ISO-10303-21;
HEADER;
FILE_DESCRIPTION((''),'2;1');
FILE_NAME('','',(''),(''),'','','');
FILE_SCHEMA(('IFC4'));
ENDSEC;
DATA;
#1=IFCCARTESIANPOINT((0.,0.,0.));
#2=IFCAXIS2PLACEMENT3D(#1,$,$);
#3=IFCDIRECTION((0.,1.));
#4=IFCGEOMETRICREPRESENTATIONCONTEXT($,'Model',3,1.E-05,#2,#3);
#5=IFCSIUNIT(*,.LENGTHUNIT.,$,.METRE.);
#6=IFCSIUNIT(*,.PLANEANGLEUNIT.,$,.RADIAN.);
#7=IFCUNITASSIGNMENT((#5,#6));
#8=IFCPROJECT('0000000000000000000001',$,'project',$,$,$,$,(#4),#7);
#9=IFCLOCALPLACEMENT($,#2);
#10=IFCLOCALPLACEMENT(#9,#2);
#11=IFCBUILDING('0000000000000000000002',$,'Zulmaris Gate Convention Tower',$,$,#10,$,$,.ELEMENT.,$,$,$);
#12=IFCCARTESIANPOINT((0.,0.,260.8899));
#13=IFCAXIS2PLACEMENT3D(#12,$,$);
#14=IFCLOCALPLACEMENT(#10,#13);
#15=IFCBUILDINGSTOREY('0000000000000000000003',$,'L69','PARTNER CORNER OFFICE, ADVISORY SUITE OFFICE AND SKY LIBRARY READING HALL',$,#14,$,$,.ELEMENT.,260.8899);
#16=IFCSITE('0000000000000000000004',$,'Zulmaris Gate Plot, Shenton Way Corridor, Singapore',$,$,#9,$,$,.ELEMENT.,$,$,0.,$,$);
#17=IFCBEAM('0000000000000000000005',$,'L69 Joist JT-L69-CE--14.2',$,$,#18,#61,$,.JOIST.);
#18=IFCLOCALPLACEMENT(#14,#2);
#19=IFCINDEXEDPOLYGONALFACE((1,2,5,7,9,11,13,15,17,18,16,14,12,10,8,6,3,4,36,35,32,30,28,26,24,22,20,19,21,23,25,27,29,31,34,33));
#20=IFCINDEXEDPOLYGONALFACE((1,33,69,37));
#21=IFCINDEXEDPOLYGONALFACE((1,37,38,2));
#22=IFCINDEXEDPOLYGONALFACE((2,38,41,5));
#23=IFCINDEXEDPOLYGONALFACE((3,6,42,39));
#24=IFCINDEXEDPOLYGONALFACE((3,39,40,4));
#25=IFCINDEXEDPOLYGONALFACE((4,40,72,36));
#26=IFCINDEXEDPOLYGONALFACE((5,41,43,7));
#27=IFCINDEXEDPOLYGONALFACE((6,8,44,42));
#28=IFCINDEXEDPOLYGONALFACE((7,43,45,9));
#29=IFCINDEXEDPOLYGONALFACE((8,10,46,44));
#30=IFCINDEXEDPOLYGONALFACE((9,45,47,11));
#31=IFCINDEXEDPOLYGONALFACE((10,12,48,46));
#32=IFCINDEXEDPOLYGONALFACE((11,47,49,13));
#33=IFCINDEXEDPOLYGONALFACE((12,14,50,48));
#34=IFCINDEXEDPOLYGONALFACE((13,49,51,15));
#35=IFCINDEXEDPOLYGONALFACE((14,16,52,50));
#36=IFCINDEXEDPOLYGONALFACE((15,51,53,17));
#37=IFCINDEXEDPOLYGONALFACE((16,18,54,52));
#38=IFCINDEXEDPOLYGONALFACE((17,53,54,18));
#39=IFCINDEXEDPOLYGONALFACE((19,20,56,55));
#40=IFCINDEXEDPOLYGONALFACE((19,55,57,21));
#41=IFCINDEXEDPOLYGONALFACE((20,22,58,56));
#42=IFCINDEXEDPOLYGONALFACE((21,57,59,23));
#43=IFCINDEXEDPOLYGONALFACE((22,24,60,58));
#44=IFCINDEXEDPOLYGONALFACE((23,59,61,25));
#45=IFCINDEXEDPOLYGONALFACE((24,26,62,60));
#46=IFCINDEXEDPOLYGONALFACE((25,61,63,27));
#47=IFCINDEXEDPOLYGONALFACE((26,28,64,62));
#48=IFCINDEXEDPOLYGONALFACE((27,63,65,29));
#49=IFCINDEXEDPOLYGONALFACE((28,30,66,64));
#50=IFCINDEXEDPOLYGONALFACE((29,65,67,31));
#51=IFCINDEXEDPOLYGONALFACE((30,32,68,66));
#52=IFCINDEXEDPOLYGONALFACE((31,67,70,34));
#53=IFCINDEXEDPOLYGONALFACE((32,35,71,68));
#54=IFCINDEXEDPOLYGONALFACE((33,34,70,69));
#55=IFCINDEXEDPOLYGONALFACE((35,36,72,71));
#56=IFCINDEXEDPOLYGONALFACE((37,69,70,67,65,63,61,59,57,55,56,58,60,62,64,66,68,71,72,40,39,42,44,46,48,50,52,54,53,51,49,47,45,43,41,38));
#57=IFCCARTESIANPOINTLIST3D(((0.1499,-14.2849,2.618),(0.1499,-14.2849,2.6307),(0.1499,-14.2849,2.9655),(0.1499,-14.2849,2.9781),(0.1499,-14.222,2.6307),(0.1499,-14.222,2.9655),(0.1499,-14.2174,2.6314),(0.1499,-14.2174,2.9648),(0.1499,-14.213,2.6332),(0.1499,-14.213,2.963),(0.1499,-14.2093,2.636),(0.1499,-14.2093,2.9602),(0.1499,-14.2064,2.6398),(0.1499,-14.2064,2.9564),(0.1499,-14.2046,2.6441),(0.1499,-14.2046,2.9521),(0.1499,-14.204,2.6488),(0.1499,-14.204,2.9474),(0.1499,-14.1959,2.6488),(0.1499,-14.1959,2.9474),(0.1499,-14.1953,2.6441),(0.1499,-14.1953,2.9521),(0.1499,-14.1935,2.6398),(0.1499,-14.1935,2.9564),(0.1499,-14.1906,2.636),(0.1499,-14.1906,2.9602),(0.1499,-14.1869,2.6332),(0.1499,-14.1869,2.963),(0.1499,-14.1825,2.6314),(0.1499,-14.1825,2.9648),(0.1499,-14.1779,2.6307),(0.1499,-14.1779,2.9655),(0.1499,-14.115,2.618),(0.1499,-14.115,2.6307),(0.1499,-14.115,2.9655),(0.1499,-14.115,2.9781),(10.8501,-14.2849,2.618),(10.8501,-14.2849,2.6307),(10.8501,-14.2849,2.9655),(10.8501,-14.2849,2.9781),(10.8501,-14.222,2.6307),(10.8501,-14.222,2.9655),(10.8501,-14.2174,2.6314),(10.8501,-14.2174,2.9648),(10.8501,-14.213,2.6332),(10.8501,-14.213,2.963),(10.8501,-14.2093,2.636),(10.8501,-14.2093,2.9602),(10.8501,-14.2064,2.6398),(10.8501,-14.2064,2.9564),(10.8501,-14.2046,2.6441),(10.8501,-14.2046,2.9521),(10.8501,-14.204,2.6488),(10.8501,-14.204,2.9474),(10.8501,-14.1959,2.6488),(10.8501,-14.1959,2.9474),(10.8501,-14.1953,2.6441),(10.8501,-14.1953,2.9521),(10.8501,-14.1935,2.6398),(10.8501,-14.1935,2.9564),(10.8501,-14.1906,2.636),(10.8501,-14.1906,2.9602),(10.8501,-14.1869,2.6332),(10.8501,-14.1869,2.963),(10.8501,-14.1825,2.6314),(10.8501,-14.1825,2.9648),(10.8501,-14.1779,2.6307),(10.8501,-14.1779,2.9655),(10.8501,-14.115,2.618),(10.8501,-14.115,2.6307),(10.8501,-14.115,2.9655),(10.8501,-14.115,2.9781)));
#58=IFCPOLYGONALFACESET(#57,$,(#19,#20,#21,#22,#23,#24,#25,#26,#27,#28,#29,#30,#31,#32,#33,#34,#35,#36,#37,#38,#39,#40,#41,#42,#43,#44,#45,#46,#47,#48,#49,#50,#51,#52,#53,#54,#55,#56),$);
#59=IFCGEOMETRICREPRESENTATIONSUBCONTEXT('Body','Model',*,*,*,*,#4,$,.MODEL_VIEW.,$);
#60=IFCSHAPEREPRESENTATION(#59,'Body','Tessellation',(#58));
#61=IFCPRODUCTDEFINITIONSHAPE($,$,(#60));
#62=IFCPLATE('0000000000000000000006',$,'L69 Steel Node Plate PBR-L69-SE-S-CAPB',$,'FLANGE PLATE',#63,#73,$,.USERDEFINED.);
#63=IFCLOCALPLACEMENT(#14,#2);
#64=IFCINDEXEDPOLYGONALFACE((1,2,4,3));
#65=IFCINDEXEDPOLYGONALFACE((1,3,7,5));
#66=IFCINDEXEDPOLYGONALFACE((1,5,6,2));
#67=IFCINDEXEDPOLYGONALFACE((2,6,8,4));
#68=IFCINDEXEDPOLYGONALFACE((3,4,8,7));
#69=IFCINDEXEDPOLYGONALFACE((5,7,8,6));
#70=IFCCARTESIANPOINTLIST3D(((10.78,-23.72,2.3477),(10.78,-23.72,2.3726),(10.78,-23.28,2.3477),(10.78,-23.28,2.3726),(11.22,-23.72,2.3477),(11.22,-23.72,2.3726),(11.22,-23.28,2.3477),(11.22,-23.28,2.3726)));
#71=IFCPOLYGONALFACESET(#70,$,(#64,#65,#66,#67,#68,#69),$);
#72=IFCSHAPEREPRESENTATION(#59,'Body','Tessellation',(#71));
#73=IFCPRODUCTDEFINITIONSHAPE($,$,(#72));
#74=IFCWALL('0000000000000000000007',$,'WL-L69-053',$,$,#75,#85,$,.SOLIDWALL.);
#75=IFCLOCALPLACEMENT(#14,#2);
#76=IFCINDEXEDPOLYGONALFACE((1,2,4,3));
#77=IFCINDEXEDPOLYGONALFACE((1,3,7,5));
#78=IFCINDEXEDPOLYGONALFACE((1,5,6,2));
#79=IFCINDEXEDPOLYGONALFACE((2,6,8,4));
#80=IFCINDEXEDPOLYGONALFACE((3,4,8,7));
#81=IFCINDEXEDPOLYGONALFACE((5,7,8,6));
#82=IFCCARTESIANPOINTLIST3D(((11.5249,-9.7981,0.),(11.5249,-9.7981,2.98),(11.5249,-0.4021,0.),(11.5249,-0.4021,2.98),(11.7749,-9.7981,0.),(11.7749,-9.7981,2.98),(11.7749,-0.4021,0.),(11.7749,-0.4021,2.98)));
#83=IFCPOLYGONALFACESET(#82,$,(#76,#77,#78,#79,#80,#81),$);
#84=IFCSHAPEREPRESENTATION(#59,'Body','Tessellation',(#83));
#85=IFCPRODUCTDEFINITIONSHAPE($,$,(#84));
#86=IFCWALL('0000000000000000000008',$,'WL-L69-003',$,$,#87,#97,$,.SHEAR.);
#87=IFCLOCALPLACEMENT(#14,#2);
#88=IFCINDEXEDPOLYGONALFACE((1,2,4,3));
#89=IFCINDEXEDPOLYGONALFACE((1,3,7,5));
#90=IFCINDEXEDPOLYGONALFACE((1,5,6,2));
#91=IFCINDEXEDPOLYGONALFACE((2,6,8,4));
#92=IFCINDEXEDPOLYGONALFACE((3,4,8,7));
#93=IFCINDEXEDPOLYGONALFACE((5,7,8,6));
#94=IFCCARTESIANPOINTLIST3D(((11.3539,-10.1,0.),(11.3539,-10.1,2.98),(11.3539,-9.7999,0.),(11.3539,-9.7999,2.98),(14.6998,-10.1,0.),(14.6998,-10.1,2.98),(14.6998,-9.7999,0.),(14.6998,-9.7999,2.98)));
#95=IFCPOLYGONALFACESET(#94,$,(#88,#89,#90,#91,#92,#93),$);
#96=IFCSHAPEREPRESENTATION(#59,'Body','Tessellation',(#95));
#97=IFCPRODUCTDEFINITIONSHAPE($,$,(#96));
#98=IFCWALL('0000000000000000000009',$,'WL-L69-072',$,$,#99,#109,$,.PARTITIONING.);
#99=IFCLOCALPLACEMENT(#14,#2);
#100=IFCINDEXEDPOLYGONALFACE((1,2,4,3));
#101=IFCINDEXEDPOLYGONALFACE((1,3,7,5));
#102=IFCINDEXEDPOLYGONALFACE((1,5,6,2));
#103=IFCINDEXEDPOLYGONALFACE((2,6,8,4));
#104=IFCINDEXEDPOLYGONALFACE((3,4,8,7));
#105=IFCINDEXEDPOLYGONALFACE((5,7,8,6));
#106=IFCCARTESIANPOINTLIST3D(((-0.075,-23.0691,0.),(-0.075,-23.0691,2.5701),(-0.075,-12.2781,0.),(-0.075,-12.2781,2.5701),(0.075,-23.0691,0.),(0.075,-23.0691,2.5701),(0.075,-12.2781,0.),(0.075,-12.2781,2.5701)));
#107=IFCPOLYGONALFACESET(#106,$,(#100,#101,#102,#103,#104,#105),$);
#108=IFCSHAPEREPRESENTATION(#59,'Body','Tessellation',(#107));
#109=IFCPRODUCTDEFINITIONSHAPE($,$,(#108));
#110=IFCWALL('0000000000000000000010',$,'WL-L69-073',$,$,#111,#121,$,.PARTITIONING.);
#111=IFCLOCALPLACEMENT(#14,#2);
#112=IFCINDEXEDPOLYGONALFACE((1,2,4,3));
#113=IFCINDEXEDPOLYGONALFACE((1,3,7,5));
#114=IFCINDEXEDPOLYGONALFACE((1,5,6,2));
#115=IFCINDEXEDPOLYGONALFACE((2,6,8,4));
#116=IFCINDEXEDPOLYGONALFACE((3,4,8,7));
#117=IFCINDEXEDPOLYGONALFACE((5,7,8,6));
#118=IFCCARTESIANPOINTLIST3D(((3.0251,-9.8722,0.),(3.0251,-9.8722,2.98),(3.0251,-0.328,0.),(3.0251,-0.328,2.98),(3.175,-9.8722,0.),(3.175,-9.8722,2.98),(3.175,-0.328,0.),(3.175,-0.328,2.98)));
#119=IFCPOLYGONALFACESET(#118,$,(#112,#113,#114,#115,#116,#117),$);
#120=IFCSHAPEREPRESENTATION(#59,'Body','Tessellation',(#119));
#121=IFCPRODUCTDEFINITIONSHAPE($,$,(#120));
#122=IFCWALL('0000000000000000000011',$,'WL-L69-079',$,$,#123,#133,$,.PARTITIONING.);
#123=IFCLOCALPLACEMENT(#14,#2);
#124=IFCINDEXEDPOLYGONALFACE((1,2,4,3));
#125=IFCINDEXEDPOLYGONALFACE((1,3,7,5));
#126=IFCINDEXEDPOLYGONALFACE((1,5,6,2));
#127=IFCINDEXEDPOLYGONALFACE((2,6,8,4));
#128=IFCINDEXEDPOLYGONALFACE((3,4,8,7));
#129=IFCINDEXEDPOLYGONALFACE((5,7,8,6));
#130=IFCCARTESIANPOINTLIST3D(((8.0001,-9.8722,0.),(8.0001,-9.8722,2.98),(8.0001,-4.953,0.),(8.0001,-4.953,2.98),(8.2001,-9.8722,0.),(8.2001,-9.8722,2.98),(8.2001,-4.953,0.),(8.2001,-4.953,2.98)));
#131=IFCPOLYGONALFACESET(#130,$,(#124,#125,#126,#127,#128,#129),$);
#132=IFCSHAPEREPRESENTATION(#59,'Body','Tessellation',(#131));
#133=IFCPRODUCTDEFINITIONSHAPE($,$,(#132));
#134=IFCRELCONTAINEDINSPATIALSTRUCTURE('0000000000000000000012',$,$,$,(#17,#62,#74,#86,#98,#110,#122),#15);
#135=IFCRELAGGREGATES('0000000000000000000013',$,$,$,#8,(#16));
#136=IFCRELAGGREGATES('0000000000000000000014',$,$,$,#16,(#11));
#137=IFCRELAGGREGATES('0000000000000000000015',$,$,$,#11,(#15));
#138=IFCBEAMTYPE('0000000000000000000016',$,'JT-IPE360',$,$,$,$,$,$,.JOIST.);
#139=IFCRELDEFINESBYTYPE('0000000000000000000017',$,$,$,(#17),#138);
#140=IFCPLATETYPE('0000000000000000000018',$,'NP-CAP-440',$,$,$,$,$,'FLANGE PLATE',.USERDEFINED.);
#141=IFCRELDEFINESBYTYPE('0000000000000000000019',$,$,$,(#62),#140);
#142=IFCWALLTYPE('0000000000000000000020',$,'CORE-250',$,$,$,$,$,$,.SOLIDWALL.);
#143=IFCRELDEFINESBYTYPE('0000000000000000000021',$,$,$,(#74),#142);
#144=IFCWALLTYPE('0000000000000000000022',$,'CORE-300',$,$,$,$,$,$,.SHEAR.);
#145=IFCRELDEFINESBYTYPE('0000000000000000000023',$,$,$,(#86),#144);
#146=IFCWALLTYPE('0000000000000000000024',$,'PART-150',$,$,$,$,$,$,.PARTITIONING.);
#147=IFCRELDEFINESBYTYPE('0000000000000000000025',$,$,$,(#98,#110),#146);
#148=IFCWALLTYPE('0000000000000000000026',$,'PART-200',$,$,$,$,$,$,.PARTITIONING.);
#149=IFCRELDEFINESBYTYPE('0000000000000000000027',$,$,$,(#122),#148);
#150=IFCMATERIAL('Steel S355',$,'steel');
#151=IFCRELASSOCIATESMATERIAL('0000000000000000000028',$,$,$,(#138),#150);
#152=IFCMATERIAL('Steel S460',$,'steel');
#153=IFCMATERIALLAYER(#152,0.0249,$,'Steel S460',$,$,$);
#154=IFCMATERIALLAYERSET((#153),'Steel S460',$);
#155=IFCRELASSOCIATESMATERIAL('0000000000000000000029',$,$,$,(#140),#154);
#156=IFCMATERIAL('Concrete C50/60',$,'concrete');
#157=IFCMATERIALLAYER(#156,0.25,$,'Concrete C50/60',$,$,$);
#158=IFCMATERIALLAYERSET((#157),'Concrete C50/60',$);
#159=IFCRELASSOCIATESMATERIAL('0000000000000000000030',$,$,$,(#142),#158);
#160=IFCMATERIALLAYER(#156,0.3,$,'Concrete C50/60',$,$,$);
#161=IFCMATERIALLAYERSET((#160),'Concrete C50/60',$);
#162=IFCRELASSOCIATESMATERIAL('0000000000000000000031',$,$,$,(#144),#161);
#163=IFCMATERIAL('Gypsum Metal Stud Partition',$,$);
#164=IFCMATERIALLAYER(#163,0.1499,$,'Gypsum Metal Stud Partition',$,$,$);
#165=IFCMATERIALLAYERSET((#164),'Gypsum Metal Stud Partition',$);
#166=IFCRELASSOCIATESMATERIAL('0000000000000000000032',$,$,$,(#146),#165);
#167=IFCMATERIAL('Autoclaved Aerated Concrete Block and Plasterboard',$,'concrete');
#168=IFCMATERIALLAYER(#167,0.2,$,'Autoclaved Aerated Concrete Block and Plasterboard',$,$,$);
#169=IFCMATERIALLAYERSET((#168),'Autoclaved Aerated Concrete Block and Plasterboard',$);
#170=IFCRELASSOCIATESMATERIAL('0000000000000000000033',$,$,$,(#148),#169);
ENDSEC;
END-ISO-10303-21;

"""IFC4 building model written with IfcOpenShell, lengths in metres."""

from ifc_helpers import new_model, si_unit, direction, frame, frame_2d, origin, origin_2d, place, context, subcontext, project, spatial, rectangle, i_section, extrude, material, layer, layer_set, material_profile, profile_set, type_object, element, save


model = new_model("IFC4")

# Units and contexts
model_context = context("Model", 3, precision=1e-05, world=origin(), true_north=direction((0.0, 1.0)))
body_context = subcontext(model_context, "Body", "Model", "MODEL_VIEW")
ifc_project = project(units=[si_unit("LENGTHUNIT", "METRE"), si_unit("PLANEANGLEUNIT", "RADIAN")], contexts=[model_context])

# Site, building, storey
site_placement = place(None, origin())
site = spatial("IfcSite", under=ifc_project, at=site_placement, Name="Zulmaris Gate Plot, Shenton Way Corridor, Singapore", CompositionType="ELEMENT", RefElevation=0.0)
building_placement = place(site_placement, origin())
building = spatial("IfcBuilding", under=site, at=building_placement, Name="Zulmaris Gate Convention Tower", CompositionType="ELEMENT")
storey_placement = place(building_placement, frame((0.0, 0.0, 260.8899)))
storey = spatial("IfcBuildingStorey", under=building, at=storey_placement, Name="L69", Description="PARTNER CORNER OFFICE, ADVISORY SUITE OFFICE AND SKY LIBRARY READING HALL", CompositionType="ELEMENT", Elevation=260.8899)

# Shared definitions
ifc_material_1 = material(Name="Concrete C50/60", Category="concrete")

# Beam
ifc_material_2 = material(Name="Steel S355", Category="steel")
ifc_material_profile_1 = material_profile(ifc_material_2, i_section(OverallWidth=0.1699, OverallDepth=0.3601, WebThickness=0.0081, FlangeThickness=0.0127, FilletRadius=0.0181, at=origin_2d()), Name="IPE 360")
ifc_profile_set_1 = profile_set([ifc_material_profile_1], Name="Steel S355")
beam_type_1 = type_object("IfcBeamType", Name="JT-IPE360", PredefinedType="JOIST", material=ifc_profile_set_1)
for number, where, z_axis, x_axis, name in (
    (1, (0.1499, -14.2, 2.7981), (1.0, 0.0, 0.0), (0.0, 1.0, 0.0), "L69 Joist JT-L69-CE--14.2"),
):
    element("IfcBeam", number, at=place(storey_placement, frame(where, z_axis=z_axis, x_axis=x_axis)), inside=storey, type_object=beam_type_1, Name=name, PredefinedType="JOIST", context=body_context, shape_type="SweptSolid", body=[
        extrude(i_section(OverallWidth=0.1699, OverallDepth=0.3601, WebThickness=0.0081, FlangeThickness=0.0127, FilletRadius=0.0181, at=origin_2d()), origin(), (0.0, 0.0, 1.0), 10.7002),
    ])

# Plate
ifc_material_3 = material(Name="Steel S460", Category="steel")
ifc_layer_1 = layer(ifc_material_3, 0.0249, Name="Steel S460")
ifc_layer_set_1 = layer_set([ifc_layer_1], Name="Steel S460")
plate_type = type_object("IfcPlateType", Name="NP-CAP-440", ElementType="FLANGE PLATE", PredefinedType="USERDEFINED", material=ifc_layer_set_1)
plate_placement = place(storey_placement, frame((11.0, -23.5, 2.3477), z_axis=(0.0, 0.0, 1.0), x_axis=(1.0, 0.0, 0.0)))
element("IfcPlate", 2, at=plate_placement, inside=storey, type_object=plate_type, Name="L69 Steel Node Plate PBR-L69-SE-S-CAPB", ObjectType="FLANGE PLATE", PredefinedType="USERDEFINED", context=body_context, shape_type="SweptSolid", body=[
    extrude(rectangle(XDim=0.4399, YDim=0.4399, at=origin_2d()), origin(), (0.0, 0.0, 1.0), 0.0249),
])

# Walls
ifc_layer_2 = layer(ifc_material_1, 0.25, Name="Concrete C50/60")
ifc_layer_set_2 = layer_set([ifc_layer_2], Name="Concrete C50/60")
wall_type_1 = type_object("IfcWallType", Name="CORE-250", PredefinedType="SOLIDWALL", material=ifc_layer_set_2)
wall_1_placement = place(storey_placement, frame((11.6499, -9.7981, 0.0), z_axis=(0.0, 0.0, 1.0), x_axis=(0.0, 1.0, 0.0)))
element("IfcWall", 3, at=wall_1_placement, inside=storey, type_object=wall_type_1, Name="WL-L69-053", PredefinedType="SOLIDWALL", context=body_context, shape_type="SweptSolid", body=[
    extrude(rectangle(XDim=9.396, YDim=0.25, at=frame_2d((4.698, 0.0))), origin(), (0.0, 0.0, 1.0), 2.98),
])
ifc_layer_3 = layer(ifc_material_1, 0.3, Name="Concrete C50/60")
ifc_layer_set_3 = layer_set([ifc_layer_3], Name="Concrete C50/60")
wall_type_2 = type_object("IfcWallType", Name="CORE-300", PredefinedType="SHEAR", material=ifc_layer_set_3)
wall_2_placement = place(storey_placement, frame((11.354, -9.95, 0.0), z_axis=(0.0, 0.0, 1.0), x_axis=(1.0, 0.0, 0.0)))
element("IfcWall", 4, at=wall_2_placement, inside=storey, type_object=wall_type_2, Name="WL-L69-003", PredefinedType="SHEAR", context=body_context, shape_type="SweptSolid", body=[
    extrude(rectangle(XDim=3.3459, YDim=0.3, at=frame_2d((1.6729, 0.0))), origin(), (0.0, 0.0, 1.0), 2.98),
])
ifc_material_4 = material(Name="Gypsum Metal Stud Partition")
ifc_layer_4 = layer(ifc_material_4, 0.1499, Name="Gypsum Metal Stud Partition")
ifc_layer_set_4 = layer_set([ifc_layer_4], Name="Gypsum Metal Stud Partition")
wall_type_3 = type_object("IfcWallType", Name="PART-150", PredefinedType="PARTITIONING", material=ifc_layer_set_4)
wall_3_placement = place(storey_placement, frame((0.0, -23.0691, 0.0), z_axis=(0.0, 0.0, 1.0), x_axis=(0.0, 1.0, 0.0)))
element("IfcWall", 5, at=wall_3_placement, inside=storey, type_object=wall_type_3, Name="WL-L69-072", PredefinedType="PARTITIONING", context=body_context, shape_type="SweptSolid", body=[
    extrude(rectangle(XDim=10.791, YDim=0.1499, at=frame_2d((5.3955, 0.0))), origin(), (0.0, 0.0, 1.0), 2.5701),
])
wall_4_placement = place(storey_placement, frame((3.1001, -9.8721, 0.0), z_axis=(0.0, 0.0, 1.0), x_axis=(0.0, 1.0, 0.0)))
element("IfcWall", 6, at=wall_4_placement, inside=storey, type_object=wall_type_3, Name="WL-L69-073", PredefinedType="PARTITIONING", context=body_context, shape_type="SweptSolid", body=[
    extrude(rectangle(XDim=9.5442, YDim=0.1499, at=frame_2d((4.772, 0.0))), origin(), (0.0, 0.0, 1.0), 2.98),
])

# Wall
ifc_material_5 = material(Name="Autoclaved Aerated Concrete Block and Plasterboard", Category="concrete")
ifc_layer_5 = layer(ifc_material_5, 0.2, Name="Autoclaved Aerated Concrete Block and Plasterboard")
ifc_layer_set_5 = layer_set([ifc_layer_5], Name="Autoclaved Aerated Concrete Block and Plasterboard")
wall_type_4 = type_object("IfcWallType", Name="PART-200", PredefinedType="PARTITIONING", material=ifc_layer_set_5)
wall_5_placement = place(storey_placement, frame((8.1001, -9.8721, 0.0), z_axis=(0.0, 0.0, 1.0), x_axis=(0.0, 1.0, 0.0)))
element("IfcWall", 7, at=wall_5_placement, inside=storey, type_object=wall_type_4, Name="WL-L69-079", PredefinedType="PARTITIONING", context=body_context, shape_type="SweptSolid", body=[
    extrude(rectangle(XDim=4.9192, YDim=0.2, at=frame_2d((2.4595, 0.0))), origin(), (0.0, 0.0, 1.0), 2.98),
])

save(model, "model.ifc")
